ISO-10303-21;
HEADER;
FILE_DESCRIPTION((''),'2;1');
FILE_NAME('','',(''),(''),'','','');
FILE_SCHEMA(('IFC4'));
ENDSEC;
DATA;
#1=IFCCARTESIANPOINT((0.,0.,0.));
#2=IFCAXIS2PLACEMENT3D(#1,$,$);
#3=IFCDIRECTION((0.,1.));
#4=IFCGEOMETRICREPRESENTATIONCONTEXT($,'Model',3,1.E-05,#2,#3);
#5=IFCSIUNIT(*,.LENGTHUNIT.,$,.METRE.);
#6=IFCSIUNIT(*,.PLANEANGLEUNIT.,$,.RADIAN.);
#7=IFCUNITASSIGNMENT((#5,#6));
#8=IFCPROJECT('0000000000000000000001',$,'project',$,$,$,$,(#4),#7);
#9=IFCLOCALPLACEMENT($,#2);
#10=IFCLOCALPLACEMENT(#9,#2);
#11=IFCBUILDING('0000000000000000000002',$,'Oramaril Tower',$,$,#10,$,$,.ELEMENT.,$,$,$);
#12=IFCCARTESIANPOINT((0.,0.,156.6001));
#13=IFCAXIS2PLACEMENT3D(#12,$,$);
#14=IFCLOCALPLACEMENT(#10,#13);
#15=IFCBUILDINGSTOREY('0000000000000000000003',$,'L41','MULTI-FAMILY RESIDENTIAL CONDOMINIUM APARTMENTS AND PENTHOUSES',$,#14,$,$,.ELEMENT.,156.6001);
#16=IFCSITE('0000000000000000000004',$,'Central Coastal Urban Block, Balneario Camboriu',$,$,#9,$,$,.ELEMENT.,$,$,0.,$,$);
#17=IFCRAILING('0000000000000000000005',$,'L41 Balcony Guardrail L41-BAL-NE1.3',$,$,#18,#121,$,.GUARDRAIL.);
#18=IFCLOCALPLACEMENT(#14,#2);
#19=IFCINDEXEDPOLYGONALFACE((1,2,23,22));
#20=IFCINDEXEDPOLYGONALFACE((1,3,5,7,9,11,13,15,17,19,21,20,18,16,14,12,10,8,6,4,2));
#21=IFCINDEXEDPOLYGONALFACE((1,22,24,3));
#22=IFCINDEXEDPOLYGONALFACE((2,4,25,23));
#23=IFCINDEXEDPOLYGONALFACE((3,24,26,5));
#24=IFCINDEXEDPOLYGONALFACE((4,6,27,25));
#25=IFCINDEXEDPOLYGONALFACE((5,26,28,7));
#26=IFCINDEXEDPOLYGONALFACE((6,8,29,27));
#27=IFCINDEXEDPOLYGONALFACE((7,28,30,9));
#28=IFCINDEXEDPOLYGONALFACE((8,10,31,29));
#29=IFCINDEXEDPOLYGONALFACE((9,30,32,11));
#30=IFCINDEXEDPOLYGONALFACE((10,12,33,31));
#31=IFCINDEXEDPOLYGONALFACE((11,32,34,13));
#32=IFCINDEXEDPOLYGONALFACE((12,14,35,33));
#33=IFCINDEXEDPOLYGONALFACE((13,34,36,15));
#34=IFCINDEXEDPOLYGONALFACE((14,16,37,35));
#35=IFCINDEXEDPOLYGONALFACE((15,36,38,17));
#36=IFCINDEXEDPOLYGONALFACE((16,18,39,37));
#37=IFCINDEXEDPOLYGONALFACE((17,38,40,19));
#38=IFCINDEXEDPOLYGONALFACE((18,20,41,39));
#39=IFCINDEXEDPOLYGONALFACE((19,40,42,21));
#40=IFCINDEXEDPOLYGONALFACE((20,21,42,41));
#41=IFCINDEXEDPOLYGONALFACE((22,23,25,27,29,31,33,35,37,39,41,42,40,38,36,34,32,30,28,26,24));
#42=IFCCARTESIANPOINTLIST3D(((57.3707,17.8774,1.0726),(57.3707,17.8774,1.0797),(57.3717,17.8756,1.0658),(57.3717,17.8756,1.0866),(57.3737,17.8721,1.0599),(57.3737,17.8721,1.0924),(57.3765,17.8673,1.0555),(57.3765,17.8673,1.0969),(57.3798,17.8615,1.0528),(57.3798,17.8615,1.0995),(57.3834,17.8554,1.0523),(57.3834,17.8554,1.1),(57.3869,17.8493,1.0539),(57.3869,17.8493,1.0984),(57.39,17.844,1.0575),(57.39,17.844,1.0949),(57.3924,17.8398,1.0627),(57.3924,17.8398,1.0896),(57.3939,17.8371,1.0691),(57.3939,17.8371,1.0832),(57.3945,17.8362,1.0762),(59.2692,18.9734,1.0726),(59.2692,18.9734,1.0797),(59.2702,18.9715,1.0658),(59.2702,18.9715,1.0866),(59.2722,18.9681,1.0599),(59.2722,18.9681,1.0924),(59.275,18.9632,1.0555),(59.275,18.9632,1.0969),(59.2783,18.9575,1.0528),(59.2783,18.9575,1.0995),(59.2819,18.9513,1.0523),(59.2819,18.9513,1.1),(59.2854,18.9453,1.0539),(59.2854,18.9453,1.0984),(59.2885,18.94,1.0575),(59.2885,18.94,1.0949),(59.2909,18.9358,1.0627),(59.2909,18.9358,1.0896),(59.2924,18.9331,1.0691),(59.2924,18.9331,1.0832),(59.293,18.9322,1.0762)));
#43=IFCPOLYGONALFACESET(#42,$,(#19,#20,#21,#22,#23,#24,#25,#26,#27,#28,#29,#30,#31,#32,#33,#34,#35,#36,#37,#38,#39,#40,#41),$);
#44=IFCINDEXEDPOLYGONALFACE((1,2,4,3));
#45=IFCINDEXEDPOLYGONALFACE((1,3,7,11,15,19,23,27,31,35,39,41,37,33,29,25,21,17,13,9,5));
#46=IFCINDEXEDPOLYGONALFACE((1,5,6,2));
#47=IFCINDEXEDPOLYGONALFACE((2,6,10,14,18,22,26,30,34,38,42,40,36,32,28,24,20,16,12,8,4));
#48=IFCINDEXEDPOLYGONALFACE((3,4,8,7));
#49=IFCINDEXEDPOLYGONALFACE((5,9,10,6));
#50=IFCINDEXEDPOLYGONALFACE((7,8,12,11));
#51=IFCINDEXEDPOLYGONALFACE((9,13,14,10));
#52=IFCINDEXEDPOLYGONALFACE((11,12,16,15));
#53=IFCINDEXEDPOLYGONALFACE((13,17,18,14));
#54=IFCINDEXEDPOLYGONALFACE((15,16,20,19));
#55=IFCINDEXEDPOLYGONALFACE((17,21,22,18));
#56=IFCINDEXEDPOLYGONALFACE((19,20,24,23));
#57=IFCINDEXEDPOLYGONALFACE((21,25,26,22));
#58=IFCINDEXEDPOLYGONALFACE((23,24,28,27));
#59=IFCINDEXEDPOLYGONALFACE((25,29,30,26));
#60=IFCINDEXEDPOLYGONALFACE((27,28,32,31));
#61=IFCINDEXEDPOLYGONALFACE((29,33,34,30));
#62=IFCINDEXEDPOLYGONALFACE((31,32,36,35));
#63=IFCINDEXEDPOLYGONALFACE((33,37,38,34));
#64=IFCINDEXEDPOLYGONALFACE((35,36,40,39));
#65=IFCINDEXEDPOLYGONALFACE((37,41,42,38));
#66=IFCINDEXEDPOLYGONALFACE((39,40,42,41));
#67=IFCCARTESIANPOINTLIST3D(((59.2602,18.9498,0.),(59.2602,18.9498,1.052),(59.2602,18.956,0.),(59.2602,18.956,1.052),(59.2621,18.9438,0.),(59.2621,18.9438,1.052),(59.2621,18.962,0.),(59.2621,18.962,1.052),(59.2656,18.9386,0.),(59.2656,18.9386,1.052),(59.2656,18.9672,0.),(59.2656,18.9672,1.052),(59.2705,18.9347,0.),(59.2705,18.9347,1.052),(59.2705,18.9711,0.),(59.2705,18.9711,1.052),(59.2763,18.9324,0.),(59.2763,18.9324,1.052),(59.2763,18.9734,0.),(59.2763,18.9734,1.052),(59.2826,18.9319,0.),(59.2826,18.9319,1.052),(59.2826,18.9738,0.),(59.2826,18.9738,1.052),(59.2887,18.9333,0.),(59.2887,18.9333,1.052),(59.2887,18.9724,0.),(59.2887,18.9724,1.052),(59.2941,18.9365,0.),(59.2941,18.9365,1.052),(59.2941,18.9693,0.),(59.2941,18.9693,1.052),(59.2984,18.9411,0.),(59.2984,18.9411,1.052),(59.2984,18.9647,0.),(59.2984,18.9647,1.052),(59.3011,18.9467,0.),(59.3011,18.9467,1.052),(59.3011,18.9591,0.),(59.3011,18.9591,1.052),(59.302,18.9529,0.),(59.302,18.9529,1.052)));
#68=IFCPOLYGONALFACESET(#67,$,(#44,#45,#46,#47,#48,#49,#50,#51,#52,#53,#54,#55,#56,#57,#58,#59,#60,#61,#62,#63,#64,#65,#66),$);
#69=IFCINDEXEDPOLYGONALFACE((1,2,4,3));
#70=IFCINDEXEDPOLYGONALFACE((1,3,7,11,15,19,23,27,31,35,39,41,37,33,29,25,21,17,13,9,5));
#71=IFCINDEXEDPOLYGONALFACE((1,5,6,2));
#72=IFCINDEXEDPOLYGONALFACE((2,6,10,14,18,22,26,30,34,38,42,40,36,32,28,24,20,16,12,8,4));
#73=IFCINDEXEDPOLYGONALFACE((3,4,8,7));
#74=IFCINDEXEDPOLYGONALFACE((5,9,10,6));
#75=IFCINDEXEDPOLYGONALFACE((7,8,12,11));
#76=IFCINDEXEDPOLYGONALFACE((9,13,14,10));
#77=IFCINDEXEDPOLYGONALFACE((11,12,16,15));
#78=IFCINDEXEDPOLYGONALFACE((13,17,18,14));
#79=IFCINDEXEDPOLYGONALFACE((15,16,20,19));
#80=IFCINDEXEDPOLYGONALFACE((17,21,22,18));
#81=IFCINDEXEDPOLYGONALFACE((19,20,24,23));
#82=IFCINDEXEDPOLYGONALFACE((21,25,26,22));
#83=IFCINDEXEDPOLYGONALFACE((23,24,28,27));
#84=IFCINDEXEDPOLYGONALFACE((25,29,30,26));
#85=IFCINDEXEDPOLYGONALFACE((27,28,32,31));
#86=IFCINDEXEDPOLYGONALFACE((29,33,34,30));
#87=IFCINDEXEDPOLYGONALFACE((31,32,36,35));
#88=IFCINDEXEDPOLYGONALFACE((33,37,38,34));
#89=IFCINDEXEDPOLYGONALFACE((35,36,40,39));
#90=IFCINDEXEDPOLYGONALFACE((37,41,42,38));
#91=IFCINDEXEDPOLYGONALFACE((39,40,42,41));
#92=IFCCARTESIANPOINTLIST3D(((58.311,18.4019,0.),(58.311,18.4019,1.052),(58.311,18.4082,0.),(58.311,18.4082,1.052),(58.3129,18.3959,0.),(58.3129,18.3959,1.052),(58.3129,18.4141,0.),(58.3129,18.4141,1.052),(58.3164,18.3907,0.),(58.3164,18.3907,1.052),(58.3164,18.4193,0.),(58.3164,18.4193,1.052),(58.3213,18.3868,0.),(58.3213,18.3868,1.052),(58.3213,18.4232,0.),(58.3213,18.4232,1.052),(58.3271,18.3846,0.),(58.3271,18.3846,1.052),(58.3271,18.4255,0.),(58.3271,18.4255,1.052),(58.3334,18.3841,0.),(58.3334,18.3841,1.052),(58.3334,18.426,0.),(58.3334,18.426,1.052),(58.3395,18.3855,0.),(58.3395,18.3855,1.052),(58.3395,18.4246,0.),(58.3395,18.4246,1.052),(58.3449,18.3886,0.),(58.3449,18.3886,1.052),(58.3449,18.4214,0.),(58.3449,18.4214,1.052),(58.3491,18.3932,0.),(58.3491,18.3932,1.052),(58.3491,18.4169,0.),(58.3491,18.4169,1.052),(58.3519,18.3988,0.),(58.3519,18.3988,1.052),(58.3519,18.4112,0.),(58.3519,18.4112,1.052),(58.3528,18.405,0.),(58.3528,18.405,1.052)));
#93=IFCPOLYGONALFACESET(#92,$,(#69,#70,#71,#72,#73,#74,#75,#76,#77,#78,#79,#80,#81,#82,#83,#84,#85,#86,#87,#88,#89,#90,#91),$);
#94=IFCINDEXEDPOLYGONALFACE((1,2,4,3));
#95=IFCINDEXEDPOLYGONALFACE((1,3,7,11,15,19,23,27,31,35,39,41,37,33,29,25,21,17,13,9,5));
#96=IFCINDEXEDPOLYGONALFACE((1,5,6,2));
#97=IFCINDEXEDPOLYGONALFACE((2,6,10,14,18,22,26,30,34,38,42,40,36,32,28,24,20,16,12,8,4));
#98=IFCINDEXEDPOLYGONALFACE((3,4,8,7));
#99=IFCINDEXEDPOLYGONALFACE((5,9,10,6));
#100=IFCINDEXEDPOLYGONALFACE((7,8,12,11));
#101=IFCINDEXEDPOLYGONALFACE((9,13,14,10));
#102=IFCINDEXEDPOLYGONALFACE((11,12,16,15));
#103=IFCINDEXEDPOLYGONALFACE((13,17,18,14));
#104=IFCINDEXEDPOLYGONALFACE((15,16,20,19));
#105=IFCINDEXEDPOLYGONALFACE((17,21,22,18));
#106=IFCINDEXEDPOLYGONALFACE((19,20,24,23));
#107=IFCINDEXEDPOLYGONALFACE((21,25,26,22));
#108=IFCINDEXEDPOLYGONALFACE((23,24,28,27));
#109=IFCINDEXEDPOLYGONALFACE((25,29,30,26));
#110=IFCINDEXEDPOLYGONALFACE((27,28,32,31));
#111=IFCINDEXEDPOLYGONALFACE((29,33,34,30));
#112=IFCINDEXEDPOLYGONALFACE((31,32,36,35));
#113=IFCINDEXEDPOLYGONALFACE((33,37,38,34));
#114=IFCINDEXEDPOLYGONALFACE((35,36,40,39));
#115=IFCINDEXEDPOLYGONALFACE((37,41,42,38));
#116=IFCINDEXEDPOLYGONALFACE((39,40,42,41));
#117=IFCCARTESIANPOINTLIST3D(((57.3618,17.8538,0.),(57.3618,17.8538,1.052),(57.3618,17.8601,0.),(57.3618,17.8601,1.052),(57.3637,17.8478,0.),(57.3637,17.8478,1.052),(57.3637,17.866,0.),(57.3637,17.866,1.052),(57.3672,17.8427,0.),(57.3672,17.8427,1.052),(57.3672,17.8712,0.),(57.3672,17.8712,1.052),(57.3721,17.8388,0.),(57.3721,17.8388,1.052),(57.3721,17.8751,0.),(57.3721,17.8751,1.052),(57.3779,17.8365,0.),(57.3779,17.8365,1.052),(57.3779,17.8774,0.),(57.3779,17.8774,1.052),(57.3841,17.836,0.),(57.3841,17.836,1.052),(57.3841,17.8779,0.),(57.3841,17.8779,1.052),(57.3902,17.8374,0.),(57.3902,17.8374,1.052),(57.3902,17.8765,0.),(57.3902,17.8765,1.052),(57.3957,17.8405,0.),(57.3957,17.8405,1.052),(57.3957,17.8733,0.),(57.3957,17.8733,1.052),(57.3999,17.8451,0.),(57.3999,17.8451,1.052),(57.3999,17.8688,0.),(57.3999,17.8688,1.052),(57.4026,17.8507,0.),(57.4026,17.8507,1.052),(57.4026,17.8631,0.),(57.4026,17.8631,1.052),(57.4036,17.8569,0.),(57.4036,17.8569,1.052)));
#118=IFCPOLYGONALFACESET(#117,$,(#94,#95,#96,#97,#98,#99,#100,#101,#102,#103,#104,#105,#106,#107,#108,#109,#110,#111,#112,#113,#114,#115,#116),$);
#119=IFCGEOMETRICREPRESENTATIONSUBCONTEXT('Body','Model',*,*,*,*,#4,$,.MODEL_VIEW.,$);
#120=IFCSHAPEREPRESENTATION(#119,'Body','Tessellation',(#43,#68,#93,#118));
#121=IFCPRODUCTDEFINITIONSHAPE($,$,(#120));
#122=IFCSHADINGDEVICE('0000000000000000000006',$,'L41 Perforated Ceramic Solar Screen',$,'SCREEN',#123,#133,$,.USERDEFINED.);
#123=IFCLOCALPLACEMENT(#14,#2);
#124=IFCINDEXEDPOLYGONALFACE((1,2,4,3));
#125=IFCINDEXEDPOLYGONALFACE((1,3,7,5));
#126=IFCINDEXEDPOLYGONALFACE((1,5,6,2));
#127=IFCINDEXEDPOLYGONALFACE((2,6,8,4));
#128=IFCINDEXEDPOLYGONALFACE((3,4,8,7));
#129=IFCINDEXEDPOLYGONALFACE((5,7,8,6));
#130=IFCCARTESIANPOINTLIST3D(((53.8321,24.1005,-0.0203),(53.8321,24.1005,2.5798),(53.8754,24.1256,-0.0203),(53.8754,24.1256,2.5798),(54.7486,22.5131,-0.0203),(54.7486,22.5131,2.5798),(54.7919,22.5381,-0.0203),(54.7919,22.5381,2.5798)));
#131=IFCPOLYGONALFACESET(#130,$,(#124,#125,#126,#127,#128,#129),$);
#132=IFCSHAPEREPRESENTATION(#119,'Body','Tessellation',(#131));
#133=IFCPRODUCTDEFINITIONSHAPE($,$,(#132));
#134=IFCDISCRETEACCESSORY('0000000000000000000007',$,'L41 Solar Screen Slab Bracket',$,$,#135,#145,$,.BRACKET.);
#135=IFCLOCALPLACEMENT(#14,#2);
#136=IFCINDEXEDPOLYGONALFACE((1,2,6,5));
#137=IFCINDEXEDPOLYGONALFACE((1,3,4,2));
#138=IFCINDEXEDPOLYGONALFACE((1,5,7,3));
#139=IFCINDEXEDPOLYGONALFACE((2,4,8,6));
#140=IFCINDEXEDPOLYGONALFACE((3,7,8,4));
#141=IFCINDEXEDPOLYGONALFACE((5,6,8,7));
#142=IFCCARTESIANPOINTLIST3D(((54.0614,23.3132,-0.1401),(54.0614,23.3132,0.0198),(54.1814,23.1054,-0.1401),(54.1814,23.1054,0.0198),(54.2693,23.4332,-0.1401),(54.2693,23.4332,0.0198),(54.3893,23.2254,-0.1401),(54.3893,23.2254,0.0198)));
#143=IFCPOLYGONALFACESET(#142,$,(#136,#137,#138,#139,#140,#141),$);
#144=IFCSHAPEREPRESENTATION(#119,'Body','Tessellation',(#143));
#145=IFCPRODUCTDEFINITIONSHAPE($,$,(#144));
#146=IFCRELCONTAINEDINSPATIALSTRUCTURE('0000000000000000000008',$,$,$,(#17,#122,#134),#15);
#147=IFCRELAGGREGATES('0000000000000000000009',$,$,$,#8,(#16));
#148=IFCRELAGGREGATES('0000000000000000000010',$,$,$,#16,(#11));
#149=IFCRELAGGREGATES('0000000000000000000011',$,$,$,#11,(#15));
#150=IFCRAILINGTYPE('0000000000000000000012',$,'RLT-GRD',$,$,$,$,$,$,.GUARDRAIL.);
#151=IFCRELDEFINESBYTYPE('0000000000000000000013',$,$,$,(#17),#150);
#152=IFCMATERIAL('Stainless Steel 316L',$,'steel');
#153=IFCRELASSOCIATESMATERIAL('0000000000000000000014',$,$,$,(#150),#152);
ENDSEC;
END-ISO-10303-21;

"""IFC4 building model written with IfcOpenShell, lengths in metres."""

from ifc_helpers import new_model, si_unit, direction, frame, origin, origin_2d, place, context, subcontext, project, spatial, rectangle, circle, extrude, material, type_object, element, save


model = new_model("IFC4")

# Units and contexts
model_context = context("Model", 3, precision=1e-05, world=origin(), true_north=direction((0.0, 1.0)))
body_context = subcontext(model_context, "Body", "Model", "MODEL_VIEW")
ifc_project = project(units=[si_unit("LENGTHUNIT", "METRE"), si_unit("PLANEANGLEUNIT", "RADIAN")], contexts=[model_context])

# Site, building, storey
site_placement = place(None, origin())
site = spatial("IfcSite", under=ifc_project, at=site_placement, Name="Central Coastal Urban Block, Balneario Camboriu", CompositionType="ELEMENT", RefElevation=0.0)
building_placement = place(site_placement, origin())
building = spatial("IfcBuilding", under=site, at=building_placement, Name="Oramaril Tower", CompositionType="ELEMENT")
storey_placement = place(building_placement, frame((0.0, 0.0, 156.6001)))
storey = spatial("IfcBuildingStorey", under=building, at=storey_placement, Name="L41", Description="MULTI-FAMILY RESIDENTIAL CONDOMINIUM APARTMENTS AND PENTHOUSES", CompositionType="ELEMENT", Elevation=156.6001)

# Railing
ifc_material_1 = material(Name="Stainless Steel 316L", Category="steel")
railing_type = type_object("IfcRailingType", Name="RLT-GRD", PredefinedType="GUARDRAIL", material=ifc_material_1)
railing_1_placement = place(storey_placement, frame((59.281, 18.9529, 0.0)))
element("IfcRailing", 1, at=railing_1_placement, inside=storey, type_object=railing_type, Name="L41 Balcony Guardrail L41-BAL-NE1.3", PredefinedType="GUARDRAIL", context=body_context, shape_type="SweptSolid", body=[
    extrude(circle(Radius=0.0239, at=origin_2d()), frame((0.0, 0.0, 1.0762), z_axis=(-0.866048, -0.49996, 0.0), x_axis=(0.49996, -0.866048, 0.0)), (0.0, 0.0, 1.0), 2.1921),
    extrude(circle(Radius=0.021, at=origin_2d()), origin(), (0.0, 0.0, 1.0), 1.052),
    extrude(circle(Radius=0.021, at=origin_2d()), frame((-0.9492, -0.5479, 0.0)), (0.0, 0.0, 1.0), 1.052),
    extrude(circle(Radius=0.021, at=origin_2d()), frame((-1.8984, -1.0959, 0.0)), (0.0, 0.0, 1.0), 1.052),
])

# Shading device
shading_device_placement = place(storey_placement, frame((54.312, 23.3193, -0.0203), z_axis=(0.0, 0.0, 1.0), x_axis=(-0.5, 0.866025, 0.0)))
element("IfcShadingDevice", 2, at=shading_device_placement, inside=storey, Name="L41 Perforated Ceramic Solar Screen", ObjectType="SCREEN", PredefinedType="USERDEFINED", context=body_context, shape_type="SweptSolid", body=[
    extrude(rectangle(XDim=1.833, YDim=0.05, at=origin_2d()), origin(), (0.0, 0.0, 1.0), 2.6001),
])

# Discrete accessory
discrete_accessory_placement = place(storey_placement, frame((54.2253, 23.2693, -0.1401), z_axis=(0.0, 0.0, 1.0), x_axis=(-0.5, 0.866025, 0.0)))
element("IfcDiscreteAccessory", 3, at=discrete_accessory_placement, inside=storey, Name="L41 Solar Screen Slab Bracket", PredefinedType="BRACKET", context=body_context, shape_type="SweptSolid", body=[
    extrude(rectangle(XDim=0.24, YDim=0.24, at=origin_2d()), origin(), (0.0, 0.0, 1.0), 0.1599),
])

save(model, "model.ifc")
